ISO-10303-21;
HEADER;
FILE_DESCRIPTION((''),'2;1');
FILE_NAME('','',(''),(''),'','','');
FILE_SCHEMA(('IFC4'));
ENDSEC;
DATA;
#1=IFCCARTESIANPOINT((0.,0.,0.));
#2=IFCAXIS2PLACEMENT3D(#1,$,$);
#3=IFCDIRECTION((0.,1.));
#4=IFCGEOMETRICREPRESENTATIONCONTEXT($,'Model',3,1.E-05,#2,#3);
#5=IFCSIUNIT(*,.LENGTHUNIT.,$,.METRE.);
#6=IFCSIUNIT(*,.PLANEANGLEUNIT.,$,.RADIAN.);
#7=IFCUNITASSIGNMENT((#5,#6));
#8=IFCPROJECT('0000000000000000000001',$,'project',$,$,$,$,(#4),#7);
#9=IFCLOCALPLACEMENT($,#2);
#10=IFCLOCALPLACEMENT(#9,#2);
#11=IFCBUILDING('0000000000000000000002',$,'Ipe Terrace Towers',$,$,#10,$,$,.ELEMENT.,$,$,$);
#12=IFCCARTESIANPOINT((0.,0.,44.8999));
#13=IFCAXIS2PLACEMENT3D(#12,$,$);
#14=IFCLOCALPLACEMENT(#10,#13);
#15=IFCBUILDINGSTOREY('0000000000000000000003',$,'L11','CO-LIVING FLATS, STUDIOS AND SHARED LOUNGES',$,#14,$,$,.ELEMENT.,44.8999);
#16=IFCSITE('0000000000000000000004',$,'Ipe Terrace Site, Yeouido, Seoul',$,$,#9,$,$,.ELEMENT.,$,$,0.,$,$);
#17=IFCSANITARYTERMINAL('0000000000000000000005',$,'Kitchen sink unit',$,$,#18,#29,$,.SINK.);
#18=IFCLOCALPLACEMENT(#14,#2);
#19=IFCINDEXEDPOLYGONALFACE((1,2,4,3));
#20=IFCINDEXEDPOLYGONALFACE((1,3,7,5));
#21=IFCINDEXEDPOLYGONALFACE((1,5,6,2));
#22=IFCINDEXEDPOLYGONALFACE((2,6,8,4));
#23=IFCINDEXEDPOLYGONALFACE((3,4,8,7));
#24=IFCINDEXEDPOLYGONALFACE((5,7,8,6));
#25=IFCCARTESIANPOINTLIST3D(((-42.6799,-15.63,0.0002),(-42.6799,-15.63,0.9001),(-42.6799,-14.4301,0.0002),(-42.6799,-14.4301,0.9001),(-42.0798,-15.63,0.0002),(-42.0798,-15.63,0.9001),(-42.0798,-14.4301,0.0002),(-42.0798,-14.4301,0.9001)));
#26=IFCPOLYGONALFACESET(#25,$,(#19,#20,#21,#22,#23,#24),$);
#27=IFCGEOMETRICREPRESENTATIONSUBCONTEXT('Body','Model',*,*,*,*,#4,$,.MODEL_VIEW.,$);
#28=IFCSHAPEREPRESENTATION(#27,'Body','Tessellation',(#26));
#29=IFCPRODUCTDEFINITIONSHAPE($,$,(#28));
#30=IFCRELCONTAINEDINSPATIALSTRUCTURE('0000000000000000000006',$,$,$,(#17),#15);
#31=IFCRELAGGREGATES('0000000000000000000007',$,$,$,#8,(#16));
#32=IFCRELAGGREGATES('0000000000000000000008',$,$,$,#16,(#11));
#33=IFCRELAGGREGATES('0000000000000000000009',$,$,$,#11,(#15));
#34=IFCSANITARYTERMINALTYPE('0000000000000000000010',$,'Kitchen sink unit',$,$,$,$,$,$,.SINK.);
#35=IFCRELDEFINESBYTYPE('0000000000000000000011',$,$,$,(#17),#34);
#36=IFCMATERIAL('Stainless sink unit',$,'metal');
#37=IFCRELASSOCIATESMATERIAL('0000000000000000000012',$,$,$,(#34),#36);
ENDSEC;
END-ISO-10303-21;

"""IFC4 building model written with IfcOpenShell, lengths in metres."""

from ifc_helpers import new_model, si_unit, direction, frame, origin, origin_2d, place, context, subcontext, project, spatial, rectangle, extrude, material, type_object, element, save


model = new_model("IFC4")

# Units and contexts
model_context = context("Model", 3, precision=1e-05, world=origin(), true_north=direction((0.0, 1.0)))
body_context = subcontext(model_context, "Body", "Model", "MODEL_VIEW")
ifc_project = project(units=[si_unit("LENGTHUNIT", "METRE"), si_unit("PLANEANGLEUNIT", "RADIAN")], contexts=[model_context])

# Site, building, storey
site_placement = place(None, origin())
site = spatial("IfcSite", under=ifc_project, at=site_placement, Name="Ipe Terrace Site, Yeouido, Seoul", CompositionType="ELEMENT", RefElevation=0.0)
building_placement = place(site_placement, origin())
building = spatial("IfcBuilding", under=site, at=building_placement, Name="Ipe Terrace Towers", CompositionType="ELEMENT")
storey_placement = place(building_placement, frame((0.0, 0.0, 44.8999)))
storey = spatial("IfcBuildingStorey", under=building, at=storey_placement, Name="L11", Description="CO-LIVING FLATS, STUDIOS AND SHARED LOUNGES", CompositionType="ELEMENT", Elevation=44.8999)

# Sanitary terminal
ifc_material_1 = material(Name="Stainless sink unit", Category="metal")
sanitary_terminal_type = type_object("IfcSanitaryTerminalType", Name="Kitchen sink unit", PredefinedType="SINK", material=ifc_material_1)
sanitary_terminal_placement = place(storey_placement, frame((-42.3799, -15.03, 0.0002), z_axis=(0.0, 0.0, 1.0), x_axis=(0.0, 1.0, 0.0)))
element("IfcSanitaryTerminal", 1, at=sanitary_terminal_placement, inside=storey, type_object=sanitary_terminal_type, Name="Kitchen sink unit", PredefinedType="SINK", context=body_context, shape_type="SweptSolid", body=[
    extrude(rectangle(XDim=1.2, YDim=0.6001, at=origin_2d()), origin(), (0.0, 0.0, 1.0), 0.8999),
])

save(model, "model.ifc")
